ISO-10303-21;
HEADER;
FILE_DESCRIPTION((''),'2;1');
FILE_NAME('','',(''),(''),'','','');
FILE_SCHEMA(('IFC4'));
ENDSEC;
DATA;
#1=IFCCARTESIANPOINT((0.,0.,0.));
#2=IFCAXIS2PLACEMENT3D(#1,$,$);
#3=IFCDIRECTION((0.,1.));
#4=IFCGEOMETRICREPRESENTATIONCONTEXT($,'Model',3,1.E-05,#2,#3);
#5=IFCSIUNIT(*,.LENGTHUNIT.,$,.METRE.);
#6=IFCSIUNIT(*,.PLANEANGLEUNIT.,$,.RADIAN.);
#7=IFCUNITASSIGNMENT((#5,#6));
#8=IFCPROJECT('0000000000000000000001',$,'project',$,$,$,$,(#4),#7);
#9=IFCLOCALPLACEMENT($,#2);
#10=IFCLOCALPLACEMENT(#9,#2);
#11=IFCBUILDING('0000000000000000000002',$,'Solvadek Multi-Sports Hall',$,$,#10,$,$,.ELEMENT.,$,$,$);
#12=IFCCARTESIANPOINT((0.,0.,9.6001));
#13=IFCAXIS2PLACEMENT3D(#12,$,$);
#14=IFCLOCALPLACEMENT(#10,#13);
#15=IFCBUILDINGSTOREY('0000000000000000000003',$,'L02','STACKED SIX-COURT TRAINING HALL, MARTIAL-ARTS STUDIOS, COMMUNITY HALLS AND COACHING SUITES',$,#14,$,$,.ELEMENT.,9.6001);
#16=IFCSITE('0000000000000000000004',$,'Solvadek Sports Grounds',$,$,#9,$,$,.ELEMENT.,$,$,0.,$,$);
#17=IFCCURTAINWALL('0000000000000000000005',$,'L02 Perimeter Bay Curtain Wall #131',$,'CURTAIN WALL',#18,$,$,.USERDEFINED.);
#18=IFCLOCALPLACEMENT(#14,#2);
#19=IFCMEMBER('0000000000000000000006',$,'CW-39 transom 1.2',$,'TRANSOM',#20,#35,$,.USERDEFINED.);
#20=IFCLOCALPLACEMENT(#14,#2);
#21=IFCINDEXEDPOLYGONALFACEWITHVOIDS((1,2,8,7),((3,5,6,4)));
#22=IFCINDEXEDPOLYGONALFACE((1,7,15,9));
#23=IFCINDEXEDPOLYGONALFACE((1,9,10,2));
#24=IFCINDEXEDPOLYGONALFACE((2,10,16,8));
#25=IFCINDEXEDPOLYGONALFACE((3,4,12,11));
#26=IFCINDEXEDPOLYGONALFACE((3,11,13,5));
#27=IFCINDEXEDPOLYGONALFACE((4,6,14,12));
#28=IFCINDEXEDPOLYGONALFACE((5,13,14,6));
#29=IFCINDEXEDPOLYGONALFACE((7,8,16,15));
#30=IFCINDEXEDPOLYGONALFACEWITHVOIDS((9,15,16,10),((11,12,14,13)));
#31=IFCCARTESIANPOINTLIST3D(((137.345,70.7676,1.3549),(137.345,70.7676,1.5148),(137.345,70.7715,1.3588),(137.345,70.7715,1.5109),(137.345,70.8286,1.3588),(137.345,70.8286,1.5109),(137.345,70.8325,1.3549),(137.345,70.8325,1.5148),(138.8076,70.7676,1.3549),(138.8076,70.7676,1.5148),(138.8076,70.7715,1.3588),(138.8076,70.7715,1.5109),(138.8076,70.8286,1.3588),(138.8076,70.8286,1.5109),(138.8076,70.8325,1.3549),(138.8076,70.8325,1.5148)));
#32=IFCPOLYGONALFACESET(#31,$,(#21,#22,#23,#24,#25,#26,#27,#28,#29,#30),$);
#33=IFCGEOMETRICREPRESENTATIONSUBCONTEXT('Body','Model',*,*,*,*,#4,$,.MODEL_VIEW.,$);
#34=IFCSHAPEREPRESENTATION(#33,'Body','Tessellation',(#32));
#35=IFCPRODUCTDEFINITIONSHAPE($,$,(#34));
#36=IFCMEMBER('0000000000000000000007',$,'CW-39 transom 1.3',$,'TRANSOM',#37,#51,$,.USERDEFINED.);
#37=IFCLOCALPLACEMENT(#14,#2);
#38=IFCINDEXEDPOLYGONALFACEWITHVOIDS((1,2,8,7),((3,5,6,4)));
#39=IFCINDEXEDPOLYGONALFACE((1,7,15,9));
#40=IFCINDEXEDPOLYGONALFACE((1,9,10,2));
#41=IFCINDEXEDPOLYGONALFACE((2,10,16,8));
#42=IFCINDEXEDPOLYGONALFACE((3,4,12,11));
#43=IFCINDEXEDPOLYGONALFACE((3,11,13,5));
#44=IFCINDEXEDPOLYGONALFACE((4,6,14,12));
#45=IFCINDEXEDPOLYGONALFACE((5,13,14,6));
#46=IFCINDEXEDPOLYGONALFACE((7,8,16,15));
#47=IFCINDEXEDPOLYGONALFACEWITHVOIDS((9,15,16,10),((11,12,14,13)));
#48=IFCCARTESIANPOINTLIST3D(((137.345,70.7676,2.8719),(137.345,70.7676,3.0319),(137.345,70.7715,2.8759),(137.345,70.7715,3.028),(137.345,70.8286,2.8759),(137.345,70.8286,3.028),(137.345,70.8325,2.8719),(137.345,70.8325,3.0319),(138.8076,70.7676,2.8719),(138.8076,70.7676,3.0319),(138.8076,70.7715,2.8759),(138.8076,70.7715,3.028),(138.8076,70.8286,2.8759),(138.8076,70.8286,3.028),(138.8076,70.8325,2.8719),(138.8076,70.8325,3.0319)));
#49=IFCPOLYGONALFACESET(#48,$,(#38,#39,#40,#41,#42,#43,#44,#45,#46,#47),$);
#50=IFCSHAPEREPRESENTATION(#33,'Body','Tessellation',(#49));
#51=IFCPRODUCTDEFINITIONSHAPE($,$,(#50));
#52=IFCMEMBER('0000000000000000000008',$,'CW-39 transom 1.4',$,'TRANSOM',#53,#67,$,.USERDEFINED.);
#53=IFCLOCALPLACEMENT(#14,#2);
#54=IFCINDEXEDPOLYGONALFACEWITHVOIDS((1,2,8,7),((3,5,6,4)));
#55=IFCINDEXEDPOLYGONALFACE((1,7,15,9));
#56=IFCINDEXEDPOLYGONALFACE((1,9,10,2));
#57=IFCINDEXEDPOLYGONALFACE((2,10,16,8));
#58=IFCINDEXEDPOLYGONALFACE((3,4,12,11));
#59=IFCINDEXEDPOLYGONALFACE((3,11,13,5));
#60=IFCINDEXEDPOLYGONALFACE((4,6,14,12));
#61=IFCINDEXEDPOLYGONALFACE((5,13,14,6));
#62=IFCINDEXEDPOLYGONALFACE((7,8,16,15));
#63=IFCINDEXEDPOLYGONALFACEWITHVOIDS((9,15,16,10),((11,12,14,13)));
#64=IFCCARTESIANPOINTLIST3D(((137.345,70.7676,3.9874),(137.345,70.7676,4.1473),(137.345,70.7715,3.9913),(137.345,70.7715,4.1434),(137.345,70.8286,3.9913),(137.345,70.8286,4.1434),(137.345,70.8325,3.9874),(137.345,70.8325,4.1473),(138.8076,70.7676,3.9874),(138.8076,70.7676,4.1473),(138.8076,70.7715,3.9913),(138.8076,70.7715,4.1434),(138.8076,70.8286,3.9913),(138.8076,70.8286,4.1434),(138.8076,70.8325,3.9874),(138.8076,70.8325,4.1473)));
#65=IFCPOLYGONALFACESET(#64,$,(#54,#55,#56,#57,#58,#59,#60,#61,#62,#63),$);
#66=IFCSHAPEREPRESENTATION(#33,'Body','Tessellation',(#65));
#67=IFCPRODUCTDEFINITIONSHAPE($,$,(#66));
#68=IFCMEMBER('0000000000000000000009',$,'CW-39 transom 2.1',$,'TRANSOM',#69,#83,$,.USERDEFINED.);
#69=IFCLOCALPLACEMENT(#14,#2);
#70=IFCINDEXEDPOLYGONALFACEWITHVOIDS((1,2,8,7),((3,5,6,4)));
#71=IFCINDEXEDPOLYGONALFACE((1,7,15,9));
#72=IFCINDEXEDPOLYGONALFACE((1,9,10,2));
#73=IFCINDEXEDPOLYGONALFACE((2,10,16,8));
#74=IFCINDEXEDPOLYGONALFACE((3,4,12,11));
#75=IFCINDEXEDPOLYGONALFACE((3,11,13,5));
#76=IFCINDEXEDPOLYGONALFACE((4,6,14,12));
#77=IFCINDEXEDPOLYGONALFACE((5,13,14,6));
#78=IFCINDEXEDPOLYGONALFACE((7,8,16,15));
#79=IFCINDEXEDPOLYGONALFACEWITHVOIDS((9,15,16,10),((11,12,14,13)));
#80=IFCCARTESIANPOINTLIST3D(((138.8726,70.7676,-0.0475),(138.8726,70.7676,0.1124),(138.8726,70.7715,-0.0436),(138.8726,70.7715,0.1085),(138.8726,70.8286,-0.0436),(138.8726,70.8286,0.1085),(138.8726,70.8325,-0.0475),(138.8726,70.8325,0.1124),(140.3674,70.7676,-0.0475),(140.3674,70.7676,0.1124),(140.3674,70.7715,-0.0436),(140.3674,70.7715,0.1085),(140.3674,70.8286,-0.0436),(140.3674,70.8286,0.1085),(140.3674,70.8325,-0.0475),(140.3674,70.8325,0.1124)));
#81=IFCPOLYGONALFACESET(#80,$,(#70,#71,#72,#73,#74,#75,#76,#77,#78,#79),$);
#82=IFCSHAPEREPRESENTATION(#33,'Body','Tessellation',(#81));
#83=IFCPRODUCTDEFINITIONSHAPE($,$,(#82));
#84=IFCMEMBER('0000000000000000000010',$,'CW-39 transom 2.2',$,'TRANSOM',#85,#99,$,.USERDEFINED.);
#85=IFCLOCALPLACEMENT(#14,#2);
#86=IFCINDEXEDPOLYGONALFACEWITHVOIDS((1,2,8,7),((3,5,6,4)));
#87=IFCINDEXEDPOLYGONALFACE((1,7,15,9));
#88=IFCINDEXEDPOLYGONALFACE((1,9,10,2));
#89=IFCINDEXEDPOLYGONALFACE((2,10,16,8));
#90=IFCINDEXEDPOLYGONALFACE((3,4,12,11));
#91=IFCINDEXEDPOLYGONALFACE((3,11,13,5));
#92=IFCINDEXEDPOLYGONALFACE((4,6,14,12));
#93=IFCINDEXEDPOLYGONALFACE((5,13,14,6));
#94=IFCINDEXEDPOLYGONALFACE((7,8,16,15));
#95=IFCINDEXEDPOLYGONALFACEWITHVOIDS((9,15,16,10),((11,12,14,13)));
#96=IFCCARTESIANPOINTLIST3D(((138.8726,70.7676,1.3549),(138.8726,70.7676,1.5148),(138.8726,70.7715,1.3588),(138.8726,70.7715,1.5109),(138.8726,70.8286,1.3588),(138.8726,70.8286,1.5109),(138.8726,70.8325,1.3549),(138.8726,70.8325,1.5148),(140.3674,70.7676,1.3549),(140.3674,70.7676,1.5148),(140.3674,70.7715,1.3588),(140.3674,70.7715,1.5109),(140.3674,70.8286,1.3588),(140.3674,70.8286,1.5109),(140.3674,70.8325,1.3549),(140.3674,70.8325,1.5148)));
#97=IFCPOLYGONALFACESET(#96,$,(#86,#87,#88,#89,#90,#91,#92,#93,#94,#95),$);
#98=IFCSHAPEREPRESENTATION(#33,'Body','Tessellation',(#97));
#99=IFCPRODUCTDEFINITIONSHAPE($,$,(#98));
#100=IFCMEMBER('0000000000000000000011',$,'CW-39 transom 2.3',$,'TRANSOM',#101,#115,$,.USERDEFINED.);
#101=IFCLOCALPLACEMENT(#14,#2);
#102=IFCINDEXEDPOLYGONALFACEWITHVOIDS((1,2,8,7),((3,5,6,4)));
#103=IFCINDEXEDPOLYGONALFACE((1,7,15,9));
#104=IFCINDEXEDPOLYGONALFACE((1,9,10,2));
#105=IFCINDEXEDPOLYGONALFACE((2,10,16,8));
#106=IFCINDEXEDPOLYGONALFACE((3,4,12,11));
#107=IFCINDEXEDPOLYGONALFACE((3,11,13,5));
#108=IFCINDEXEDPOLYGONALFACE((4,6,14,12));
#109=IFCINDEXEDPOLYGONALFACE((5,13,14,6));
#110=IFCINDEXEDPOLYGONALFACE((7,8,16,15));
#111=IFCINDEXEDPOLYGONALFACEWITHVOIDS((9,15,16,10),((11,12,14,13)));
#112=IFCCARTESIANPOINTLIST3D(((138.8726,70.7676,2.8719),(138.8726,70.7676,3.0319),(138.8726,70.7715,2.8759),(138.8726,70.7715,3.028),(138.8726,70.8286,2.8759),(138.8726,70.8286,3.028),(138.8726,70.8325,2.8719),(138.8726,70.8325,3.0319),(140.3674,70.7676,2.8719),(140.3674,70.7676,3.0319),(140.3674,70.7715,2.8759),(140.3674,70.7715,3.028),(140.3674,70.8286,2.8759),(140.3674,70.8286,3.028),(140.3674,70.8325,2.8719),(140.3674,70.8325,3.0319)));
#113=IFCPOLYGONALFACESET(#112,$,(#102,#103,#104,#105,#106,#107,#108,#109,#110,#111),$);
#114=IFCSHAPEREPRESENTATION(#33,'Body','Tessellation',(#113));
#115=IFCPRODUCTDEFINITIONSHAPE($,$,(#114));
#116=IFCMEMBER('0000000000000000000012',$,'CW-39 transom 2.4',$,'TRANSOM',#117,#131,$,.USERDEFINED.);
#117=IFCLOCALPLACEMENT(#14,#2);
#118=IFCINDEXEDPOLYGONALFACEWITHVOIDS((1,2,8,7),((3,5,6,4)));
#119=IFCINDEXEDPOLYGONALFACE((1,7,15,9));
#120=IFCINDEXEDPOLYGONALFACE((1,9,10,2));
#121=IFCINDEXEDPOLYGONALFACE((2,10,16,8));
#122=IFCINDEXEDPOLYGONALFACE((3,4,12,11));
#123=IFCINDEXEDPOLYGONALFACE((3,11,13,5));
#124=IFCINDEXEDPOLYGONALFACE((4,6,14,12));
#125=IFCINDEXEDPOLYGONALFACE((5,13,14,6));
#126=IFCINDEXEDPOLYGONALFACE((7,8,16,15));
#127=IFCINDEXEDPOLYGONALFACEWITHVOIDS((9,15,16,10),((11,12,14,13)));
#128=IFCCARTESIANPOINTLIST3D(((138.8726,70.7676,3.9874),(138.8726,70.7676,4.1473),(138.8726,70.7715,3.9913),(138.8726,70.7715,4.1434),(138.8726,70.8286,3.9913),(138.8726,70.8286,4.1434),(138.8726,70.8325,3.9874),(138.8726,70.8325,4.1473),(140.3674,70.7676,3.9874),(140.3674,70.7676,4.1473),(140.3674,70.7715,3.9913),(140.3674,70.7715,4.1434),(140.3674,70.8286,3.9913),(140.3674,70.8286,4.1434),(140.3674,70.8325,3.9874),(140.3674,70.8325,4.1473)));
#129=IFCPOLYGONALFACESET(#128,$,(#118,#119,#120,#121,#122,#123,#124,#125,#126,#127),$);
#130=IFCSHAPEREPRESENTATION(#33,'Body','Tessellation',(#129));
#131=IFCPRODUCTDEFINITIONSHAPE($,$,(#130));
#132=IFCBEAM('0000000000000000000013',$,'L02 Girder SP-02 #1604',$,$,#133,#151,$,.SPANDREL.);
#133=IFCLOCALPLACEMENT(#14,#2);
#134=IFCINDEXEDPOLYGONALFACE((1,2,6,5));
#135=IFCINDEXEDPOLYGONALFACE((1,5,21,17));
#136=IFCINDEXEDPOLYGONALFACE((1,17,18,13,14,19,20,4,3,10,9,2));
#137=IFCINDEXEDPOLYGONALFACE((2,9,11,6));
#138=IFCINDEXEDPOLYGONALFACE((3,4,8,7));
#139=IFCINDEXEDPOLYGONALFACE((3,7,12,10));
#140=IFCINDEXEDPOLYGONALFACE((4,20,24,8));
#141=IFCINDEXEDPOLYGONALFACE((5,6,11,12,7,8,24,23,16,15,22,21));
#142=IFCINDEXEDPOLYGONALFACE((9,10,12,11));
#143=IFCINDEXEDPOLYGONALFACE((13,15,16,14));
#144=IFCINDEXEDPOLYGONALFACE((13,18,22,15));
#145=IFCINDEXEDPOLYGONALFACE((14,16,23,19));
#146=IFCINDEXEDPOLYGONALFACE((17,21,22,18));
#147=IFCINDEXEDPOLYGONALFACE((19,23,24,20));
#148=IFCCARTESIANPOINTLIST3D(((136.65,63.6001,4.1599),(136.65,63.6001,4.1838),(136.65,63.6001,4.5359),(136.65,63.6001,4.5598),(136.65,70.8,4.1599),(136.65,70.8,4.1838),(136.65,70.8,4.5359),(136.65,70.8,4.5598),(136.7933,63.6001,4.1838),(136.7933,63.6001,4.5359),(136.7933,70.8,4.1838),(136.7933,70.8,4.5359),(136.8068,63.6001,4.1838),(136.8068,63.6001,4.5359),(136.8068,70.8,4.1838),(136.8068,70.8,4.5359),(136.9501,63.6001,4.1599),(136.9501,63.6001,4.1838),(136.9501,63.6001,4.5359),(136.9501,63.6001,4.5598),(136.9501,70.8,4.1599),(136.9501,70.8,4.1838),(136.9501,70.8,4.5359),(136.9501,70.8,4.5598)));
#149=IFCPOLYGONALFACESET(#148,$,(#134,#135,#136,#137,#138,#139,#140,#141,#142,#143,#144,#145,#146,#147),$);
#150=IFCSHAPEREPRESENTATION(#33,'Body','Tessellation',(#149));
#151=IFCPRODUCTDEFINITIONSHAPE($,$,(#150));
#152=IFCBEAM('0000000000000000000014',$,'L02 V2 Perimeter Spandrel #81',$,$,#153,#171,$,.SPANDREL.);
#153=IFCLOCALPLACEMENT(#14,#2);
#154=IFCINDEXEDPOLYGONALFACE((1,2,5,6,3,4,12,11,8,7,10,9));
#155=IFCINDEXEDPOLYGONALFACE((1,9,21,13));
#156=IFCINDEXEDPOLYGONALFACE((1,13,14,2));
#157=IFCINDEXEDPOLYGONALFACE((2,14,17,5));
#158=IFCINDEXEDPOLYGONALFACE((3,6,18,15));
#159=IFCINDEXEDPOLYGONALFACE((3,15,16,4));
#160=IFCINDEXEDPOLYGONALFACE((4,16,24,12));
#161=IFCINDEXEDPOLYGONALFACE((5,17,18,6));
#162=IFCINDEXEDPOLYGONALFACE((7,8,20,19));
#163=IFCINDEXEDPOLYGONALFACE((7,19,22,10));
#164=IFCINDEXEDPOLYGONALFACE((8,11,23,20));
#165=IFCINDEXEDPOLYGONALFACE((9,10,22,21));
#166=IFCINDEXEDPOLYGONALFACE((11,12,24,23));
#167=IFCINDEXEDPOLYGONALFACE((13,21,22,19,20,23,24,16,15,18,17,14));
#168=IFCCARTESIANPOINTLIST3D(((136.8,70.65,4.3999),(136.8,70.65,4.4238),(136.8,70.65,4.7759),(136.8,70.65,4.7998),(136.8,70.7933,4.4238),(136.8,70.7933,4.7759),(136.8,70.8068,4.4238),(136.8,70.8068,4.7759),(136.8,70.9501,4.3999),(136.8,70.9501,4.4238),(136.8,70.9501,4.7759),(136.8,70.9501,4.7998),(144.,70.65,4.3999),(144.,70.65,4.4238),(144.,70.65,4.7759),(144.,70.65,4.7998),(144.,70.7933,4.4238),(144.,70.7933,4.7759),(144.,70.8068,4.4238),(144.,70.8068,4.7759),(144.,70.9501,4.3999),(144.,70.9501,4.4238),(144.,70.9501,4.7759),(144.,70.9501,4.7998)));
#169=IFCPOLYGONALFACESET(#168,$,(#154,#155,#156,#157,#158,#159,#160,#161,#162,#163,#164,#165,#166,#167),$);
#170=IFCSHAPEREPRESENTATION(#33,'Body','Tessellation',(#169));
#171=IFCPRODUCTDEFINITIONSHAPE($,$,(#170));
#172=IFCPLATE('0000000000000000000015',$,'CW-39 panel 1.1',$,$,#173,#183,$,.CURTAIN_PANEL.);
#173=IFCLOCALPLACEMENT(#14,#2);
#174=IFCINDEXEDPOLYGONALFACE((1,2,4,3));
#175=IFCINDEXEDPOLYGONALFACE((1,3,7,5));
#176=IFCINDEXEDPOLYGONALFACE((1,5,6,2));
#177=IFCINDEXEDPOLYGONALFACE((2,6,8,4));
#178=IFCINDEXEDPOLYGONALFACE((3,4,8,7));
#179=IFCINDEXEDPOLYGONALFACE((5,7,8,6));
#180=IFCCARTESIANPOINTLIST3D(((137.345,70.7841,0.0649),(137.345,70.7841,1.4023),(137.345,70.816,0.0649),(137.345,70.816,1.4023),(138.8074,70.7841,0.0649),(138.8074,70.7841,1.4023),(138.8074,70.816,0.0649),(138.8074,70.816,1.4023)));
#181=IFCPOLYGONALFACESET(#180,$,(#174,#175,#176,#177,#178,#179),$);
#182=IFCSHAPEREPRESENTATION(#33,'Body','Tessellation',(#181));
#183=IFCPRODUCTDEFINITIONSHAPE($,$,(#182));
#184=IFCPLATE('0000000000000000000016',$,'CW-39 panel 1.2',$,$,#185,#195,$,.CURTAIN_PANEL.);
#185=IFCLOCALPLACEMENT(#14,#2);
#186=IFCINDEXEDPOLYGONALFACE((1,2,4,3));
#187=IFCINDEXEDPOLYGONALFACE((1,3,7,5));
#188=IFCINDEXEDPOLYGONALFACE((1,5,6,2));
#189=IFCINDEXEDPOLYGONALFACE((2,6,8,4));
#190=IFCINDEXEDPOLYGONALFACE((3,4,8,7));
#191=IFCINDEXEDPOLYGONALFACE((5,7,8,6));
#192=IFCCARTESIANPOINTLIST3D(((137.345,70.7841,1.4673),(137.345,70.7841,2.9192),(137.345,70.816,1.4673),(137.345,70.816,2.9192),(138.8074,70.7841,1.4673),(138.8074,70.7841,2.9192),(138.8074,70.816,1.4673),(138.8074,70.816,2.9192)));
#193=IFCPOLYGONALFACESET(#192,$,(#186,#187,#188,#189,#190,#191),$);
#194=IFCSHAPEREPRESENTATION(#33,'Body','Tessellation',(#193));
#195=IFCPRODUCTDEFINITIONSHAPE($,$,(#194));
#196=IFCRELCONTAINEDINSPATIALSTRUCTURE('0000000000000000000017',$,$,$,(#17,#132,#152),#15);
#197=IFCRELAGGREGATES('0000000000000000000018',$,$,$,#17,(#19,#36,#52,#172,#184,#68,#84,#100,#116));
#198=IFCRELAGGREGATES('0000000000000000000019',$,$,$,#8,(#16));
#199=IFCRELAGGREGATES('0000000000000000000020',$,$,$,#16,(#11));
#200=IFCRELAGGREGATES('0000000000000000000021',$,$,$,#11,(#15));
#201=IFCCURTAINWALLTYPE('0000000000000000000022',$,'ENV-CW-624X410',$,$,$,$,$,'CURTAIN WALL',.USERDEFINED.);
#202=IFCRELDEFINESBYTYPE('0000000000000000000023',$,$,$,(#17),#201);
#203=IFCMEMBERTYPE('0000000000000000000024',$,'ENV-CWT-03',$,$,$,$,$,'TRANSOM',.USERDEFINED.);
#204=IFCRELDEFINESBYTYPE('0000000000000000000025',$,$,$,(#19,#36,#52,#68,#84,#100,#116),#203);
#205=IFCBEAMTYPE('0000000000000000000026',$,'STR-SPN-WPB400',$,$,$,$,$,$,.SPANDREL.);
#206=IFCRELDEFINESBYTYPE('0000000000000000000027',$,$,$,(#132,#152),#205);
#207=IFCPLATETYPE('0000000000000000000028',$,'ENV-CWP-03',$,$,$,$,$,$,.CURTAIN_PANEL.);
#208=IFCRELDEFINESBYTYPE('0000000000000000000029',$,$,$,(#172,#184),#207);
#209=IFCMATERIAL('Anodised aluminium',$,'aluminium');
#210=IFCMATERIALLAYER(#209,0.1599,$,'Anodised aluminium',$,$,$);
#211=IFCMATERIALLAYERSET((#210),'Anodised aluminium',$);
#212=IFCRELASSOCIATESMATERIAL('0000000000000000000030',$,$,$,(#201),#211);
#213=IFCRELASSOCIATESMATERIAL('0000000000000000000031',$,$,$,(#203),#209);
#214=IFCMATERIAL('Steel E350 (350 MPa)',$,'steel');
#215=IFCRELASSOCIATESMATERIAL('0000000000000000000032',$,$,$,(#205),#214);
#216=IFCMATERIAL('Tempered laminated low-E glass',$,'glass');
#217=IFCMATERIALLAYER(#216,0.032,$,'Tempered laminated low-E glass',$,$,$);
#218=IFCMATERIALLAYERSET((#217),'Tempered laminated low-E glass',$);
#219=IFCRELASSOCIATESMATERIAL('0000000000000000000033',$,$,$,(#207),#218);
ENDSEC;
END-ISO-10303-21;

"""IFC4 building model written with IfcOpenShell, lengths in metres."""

from ifc_helpers import new_model, si_unit, direction, frame, origin, origin_2d, place, context, subcontext, project, spatial, rectangle, hollow_rectangle, i_section, extrude, material, layer, layer_set, material_profile, profile_set, type_object, element, aggregate, save


model = new_model("IFC4")

# Units and contexts
model_context = context("Model", 3, precision=1e-05, world=origin(), true_north=direction((0.0, 1.0)))
body_context = subcontext(model_context, "Body", "Model", "MODEL_VIEW")
ifc_project = project(units=[si_unit("LENGTHUNIT", "METRE"), si_unit("PLANEANGLEUNIT", "RADIAN")], contexts=[model_context])

# Site, building, storey
site_placement = place(None, origin())
site = spatial("IfcSite", under=ifc_project, at=site_placement, Name="Solvadek Sports Grounds", CompositionType="ELEMENT", RefElevation=0.0)
building_placement = place(site_placement, origin())
building = spatial("IfcBuilding", under=site, at=building_placement, Name="Solvadek Multi-Sports Hall", CompositionType="ELEMENT")
storey_placement = place(building_placement, frame((0.0, 0.0, 9.6001)))
storey = spatial("IfcBuildingStorey", under=building, at=storey_placement, Name="L02", Description="STACKED SIX-COURT TRAINING HALL, MARTIAL-ARTS STUDIOS, COMMUNITY HALLS AND COACHING SUITES", CompositionType="ELEMENT", Elevation=9.6001)

# Shared definitions
ifc_material_1 = material(Name="Steel E350 (350 MPa)", Category="steel")

# Shared definitions
ifc_material_2 = material(Name="Anodised aluminium", Category="aluminium")

# Curtain wall
ifc_layer_1 = layer(ifc_material_2, 0.1599, Name="Anodised aluminium")
ifc_layer_set_1 = layer_set([ifc_layer_1], Name="Anodised aluminium")
curtain_wall_type_1 = type_object("IfcCurtainWallType", Name="ENV-CW-624X410", ElementType="CURTAIN WALL", PredefinedType="USERDEFINED", material=ifc_layer_set_1)
curtain_wall_1_placement = place(storey_placement, origin())
curtain_wall_1 = element("IfcCurtainWall", 1, at=curtain_wall_1_placement, inside=storey, type_object=curtain_wall_type_1, Name="L02 Perimeter Bay Curtain Wall #131", ObjectType="CURTAIN WALL", PredefinedType="USERDEFINED")

# Members
ifc_material_profile_1 = material_profile(ifc_material_2, hollow_rectangle(XDim=0.0649, YDim=0.1599, WallThickness=0.0039, at=origin_2d()), Name="ALU-T 160x65x4")
ifc_profile_set_1 = profile_set([ifc_material_profile_1], Name="Anodised aluminium")
member_type_1 = type_object("IfcMemberType", Name="ENV-CWT-03", ElementType="TRANSOM", PredefinedType="USERDEFINED", material=ifc_profile_set_1)
member_1_placement = place(storey_placement, frame((137.345, 70.8, 1.4348), z_axis=(1.0, 0.0, 0.0), x_axis=(0.0, 1.0, 0.0)))
member_1 = element("IfcMember", 2, at=member_1_placement, type_object=member_type_1, Name="CW-39 transom 1.2", ObjectType="TRANSOM", PredefinedType="USERDEFINED", context=body_context, shape_type="SweptSolid", body=[
    extrude(hollow_rectangle(XDim=0.0649, YDim=0.1599, WallThickness=0.0039, at=origin_2d()), origin(), (0.0, 0.0, 1.0), 1.4626),
])
member_2_placement = place(storey_placement, frame((137.345, 70.8, 2.9519), z_axis=(1.0, 0.0, 0.0), x_axis=(0.0, 1.0, 0.0)))
member_2 = element("IfcMember", 3, at=member_2_placement, type_object=member_type_1, Name="CW-39 transom 1.3", ObjectType="TRANSOM", PredefinedType="USERDEFINED", context=body_context, shape_type="SweptSolid", body=[
    extrude(hollow_rectangle(XDim=0.0649, YDim=0.1599, WallThickness=0.0039, at=origin_2d()), origin(), (0.0, 0.0, 1.0), 1.4626),
])
member_3_placement = place(storey_placement, frame((137.345, 70.8, 4.0674), z_axis=(1.0, 0.0, 0.0), x_axis=(0.0, 1.0, 0.0)))
member_3 = element("IfcMember", 4, at=member_3_placement, type_object=member_type_1, Name="CW-39 transom 1.4", ObjectType="TRANSOM", PredefinedType="USERDEFINED", context=body_context, shape_type="SweptSolid", body=[
    extrude(hollow_rectangle(XDim=0.0649, YDim=0.1599, WallThickness=0.0039, at=origin_2d()), origin(), (0.0, 0.0, 1.0), 1.4626),
])
member_4_placement = place(storey_placement, frame((138.8726, 70.8, 0.0325), z_axis=(1.0, 0.0, 0.0), x_axis=(0.0, 1.0, 0.0)))
member_4 = element("IfcMember", 5, at=member_4_placement, type_object=member_type_1, Name="CW-39 transom 2.1", ObjectType="TRANSOM", PredefinedType="USERDEFINED", context=body_context, shape_type="SweptSolid", body=[
    extrude(hollow_rectangle(XDim=0.0649, YDim=0.1599, WallThickness=0.0039, at=origin_2d()), origin(), (0.0, 0.0, 1.0), 1.4949),
])
member_5_placement = place(storey_placement, frame((138.8726, 70.8, 1.4348), z_axis=(1.0, 0.0, 0.0), x_axis=(0.0, 1.0, 0.0)))
member_5 = element("IfcMember", 6, at=member_5_placement, type_object=member_type_1, Name="CW-39 transom 2.2", ObjectType="TRANSOM", PredefinedType="USERDEFINED", context=body_context, shape_type="SweptSolid", body=[
    extrude(hollow_rectangle(XDim=0.0649, YDim=0.1599, WallThickness=0.0039, at=origin_2d()), origin(), (0.0, 0.0, 1.0), 1.4949),
])
member_6_placement = place(storey_placement, frame((138.8726, 70.8, 2.9519), z_axis=(1.0, 0.0, 0.0), x_axis=(0.0, 1.0, 0.0)))
member_6 = element("IfcMember", 7, at=member_6_placement, type_object=member_type_1, Name="CW-39 transom 2.3", ObjectType="TRANSOM", PredefinedType="USERDEFINED", context=body_context, shape_type="SweptSolid", body=[
    extrude(hollow_rectangle(XDim=0.0649, YDim=0.1599, WallThickness=0.0039, at=origin_2d()), origin(), (0.0, 0.0, 1.0), 1.4949),
])
member_7_placement = place(storey_placement, frame((138.8726, 70.8, 4.0674), z_axis=(1.0, 0.0, 0.0), x_axis=(0.0, 1.0, 0.0)))
member_7 = element("IfcMember", 8, at=member_7_placement, type_object=member_type_1, Name="CW-39 transom 2.4", ObjectType="TRANSOM", PredefinedType="USERDEFINED", context=body_context, shape_type="SweptSolid", body=[
    extrude(hollow_rectangle(XDim=0.0649, YDim=0.1599, WallThickness=0.0039, at=origin_2d()), origin(), (0.0, 0.0, 1.0), 1.4949),
])

# Beams
ifc_material_profile_2 = material_profile(ifc_material_1, i_section(OverallWidth=0.3, OverallDepth=0.3999, WebThickness=0.0134, FlangeThickness=0.0239, at=origin_2d()), Name="WPB 400")
ifc_profile_set_2 = profile_set([ifc_material_profile_2], Name="Steel E350 (350 MPa)")
beam_type = type_object("IfcBeamType", Name="STR-SPN-WPB400", PredefinedType="SPANDREL", material=ifc_profile_set_2)
for number, where, z_axis, x_axis, name in (
    (9, (136.8, 63.6001, 4.3599), (0.0, 1.0, 0.0), (-1.0, 0.0, 0.0), "L02 Girder SP-02 #1604"),
    (10, (136.8, 70.8, 4.5999), (1.0, 0.0, 0.0), (0.0, 1.0, 0.0), "L02 V2 Perimeter Spandrel #81"),
):
    element("IfcBeam", number, at=place(storey_placement, frame(where, z_axis=z_axis, x_axis=x_axis)), inside=storey, type_object=beam_type, Name=name, PredefinedType="SPANDREL", context=body_context, shape_type="SweptSolid", body=[
        extrude(i_section(OverallWidth=0.3, OverallDepth=0.3999, WebThickness=0.0134, FlangeThickness=0.0239, at=origin_2d()), origin(), (0.0, 0.0, 1.0), 7.2),
    ])

# Plates
ifc_material_3 = material(Name="Tempered laminated low-E glass", Category="glass")
ifc_layer_2 = layer(ifc_material_3, 0.032, Name="Tempered laminated low-E glass")
ifc_layer_set_2 = layer_set([ifc_layer_2], Name="Tempered laminated low-E glass")
plate_type_1 = type_object("IfcPlateType", Name="ENV-CWP-03", PredefinedType="CURTAIN_PANEL", material=ifc_layer_set_2)
plate_1_placement = place(storey_placement, frame((138.0762, 70.8, 0.0649), z_axis=(0.0, 0.0, 1.0), x_axis=(1.0, 0.0, 0.0)))
plate_1 = element("IfcPlate", 11, at=plate_1_placement, type_object=plate_type_1, Name="CW-39 panel 1.1", PredefinedType="CURTAIN_PANEL", context=body_context, shape_type="SweptSolid", body=[
    extrude(rectangle(XDim=1.4624, YDim=0.032, at=origin_2d()), origin(), (0.0, 0.0, 1.0), 1.3374),
])
plate_2_placement = place(storey_placement, frame((138.0762, 70.8, 1.4673), z_axis=(0.0, 0.0, 1.0), x_axis=(1.0, 0.0, 0.0)))
plate_2 = element("IfcPlate", 12, at=plate_2_placement, type_object=plate_type_1, Name="CW-39 panel 1.2", PredefinedType="CURTAIN_PANEL", context=body_context, shape_type="SweptSolid", body=[
    extrude(rectangle(XDim=1.4624, YDim=0.032, at=origin_2d()), origin(), (0.0, 0.0, 1.0), 1.4519),
])
aggregate(curtain_wall_1, [member_1, member_2, member_3, plate_1, plate_2, member_4, member_5, member_6, member_7])

save(model, "model.ifc")
